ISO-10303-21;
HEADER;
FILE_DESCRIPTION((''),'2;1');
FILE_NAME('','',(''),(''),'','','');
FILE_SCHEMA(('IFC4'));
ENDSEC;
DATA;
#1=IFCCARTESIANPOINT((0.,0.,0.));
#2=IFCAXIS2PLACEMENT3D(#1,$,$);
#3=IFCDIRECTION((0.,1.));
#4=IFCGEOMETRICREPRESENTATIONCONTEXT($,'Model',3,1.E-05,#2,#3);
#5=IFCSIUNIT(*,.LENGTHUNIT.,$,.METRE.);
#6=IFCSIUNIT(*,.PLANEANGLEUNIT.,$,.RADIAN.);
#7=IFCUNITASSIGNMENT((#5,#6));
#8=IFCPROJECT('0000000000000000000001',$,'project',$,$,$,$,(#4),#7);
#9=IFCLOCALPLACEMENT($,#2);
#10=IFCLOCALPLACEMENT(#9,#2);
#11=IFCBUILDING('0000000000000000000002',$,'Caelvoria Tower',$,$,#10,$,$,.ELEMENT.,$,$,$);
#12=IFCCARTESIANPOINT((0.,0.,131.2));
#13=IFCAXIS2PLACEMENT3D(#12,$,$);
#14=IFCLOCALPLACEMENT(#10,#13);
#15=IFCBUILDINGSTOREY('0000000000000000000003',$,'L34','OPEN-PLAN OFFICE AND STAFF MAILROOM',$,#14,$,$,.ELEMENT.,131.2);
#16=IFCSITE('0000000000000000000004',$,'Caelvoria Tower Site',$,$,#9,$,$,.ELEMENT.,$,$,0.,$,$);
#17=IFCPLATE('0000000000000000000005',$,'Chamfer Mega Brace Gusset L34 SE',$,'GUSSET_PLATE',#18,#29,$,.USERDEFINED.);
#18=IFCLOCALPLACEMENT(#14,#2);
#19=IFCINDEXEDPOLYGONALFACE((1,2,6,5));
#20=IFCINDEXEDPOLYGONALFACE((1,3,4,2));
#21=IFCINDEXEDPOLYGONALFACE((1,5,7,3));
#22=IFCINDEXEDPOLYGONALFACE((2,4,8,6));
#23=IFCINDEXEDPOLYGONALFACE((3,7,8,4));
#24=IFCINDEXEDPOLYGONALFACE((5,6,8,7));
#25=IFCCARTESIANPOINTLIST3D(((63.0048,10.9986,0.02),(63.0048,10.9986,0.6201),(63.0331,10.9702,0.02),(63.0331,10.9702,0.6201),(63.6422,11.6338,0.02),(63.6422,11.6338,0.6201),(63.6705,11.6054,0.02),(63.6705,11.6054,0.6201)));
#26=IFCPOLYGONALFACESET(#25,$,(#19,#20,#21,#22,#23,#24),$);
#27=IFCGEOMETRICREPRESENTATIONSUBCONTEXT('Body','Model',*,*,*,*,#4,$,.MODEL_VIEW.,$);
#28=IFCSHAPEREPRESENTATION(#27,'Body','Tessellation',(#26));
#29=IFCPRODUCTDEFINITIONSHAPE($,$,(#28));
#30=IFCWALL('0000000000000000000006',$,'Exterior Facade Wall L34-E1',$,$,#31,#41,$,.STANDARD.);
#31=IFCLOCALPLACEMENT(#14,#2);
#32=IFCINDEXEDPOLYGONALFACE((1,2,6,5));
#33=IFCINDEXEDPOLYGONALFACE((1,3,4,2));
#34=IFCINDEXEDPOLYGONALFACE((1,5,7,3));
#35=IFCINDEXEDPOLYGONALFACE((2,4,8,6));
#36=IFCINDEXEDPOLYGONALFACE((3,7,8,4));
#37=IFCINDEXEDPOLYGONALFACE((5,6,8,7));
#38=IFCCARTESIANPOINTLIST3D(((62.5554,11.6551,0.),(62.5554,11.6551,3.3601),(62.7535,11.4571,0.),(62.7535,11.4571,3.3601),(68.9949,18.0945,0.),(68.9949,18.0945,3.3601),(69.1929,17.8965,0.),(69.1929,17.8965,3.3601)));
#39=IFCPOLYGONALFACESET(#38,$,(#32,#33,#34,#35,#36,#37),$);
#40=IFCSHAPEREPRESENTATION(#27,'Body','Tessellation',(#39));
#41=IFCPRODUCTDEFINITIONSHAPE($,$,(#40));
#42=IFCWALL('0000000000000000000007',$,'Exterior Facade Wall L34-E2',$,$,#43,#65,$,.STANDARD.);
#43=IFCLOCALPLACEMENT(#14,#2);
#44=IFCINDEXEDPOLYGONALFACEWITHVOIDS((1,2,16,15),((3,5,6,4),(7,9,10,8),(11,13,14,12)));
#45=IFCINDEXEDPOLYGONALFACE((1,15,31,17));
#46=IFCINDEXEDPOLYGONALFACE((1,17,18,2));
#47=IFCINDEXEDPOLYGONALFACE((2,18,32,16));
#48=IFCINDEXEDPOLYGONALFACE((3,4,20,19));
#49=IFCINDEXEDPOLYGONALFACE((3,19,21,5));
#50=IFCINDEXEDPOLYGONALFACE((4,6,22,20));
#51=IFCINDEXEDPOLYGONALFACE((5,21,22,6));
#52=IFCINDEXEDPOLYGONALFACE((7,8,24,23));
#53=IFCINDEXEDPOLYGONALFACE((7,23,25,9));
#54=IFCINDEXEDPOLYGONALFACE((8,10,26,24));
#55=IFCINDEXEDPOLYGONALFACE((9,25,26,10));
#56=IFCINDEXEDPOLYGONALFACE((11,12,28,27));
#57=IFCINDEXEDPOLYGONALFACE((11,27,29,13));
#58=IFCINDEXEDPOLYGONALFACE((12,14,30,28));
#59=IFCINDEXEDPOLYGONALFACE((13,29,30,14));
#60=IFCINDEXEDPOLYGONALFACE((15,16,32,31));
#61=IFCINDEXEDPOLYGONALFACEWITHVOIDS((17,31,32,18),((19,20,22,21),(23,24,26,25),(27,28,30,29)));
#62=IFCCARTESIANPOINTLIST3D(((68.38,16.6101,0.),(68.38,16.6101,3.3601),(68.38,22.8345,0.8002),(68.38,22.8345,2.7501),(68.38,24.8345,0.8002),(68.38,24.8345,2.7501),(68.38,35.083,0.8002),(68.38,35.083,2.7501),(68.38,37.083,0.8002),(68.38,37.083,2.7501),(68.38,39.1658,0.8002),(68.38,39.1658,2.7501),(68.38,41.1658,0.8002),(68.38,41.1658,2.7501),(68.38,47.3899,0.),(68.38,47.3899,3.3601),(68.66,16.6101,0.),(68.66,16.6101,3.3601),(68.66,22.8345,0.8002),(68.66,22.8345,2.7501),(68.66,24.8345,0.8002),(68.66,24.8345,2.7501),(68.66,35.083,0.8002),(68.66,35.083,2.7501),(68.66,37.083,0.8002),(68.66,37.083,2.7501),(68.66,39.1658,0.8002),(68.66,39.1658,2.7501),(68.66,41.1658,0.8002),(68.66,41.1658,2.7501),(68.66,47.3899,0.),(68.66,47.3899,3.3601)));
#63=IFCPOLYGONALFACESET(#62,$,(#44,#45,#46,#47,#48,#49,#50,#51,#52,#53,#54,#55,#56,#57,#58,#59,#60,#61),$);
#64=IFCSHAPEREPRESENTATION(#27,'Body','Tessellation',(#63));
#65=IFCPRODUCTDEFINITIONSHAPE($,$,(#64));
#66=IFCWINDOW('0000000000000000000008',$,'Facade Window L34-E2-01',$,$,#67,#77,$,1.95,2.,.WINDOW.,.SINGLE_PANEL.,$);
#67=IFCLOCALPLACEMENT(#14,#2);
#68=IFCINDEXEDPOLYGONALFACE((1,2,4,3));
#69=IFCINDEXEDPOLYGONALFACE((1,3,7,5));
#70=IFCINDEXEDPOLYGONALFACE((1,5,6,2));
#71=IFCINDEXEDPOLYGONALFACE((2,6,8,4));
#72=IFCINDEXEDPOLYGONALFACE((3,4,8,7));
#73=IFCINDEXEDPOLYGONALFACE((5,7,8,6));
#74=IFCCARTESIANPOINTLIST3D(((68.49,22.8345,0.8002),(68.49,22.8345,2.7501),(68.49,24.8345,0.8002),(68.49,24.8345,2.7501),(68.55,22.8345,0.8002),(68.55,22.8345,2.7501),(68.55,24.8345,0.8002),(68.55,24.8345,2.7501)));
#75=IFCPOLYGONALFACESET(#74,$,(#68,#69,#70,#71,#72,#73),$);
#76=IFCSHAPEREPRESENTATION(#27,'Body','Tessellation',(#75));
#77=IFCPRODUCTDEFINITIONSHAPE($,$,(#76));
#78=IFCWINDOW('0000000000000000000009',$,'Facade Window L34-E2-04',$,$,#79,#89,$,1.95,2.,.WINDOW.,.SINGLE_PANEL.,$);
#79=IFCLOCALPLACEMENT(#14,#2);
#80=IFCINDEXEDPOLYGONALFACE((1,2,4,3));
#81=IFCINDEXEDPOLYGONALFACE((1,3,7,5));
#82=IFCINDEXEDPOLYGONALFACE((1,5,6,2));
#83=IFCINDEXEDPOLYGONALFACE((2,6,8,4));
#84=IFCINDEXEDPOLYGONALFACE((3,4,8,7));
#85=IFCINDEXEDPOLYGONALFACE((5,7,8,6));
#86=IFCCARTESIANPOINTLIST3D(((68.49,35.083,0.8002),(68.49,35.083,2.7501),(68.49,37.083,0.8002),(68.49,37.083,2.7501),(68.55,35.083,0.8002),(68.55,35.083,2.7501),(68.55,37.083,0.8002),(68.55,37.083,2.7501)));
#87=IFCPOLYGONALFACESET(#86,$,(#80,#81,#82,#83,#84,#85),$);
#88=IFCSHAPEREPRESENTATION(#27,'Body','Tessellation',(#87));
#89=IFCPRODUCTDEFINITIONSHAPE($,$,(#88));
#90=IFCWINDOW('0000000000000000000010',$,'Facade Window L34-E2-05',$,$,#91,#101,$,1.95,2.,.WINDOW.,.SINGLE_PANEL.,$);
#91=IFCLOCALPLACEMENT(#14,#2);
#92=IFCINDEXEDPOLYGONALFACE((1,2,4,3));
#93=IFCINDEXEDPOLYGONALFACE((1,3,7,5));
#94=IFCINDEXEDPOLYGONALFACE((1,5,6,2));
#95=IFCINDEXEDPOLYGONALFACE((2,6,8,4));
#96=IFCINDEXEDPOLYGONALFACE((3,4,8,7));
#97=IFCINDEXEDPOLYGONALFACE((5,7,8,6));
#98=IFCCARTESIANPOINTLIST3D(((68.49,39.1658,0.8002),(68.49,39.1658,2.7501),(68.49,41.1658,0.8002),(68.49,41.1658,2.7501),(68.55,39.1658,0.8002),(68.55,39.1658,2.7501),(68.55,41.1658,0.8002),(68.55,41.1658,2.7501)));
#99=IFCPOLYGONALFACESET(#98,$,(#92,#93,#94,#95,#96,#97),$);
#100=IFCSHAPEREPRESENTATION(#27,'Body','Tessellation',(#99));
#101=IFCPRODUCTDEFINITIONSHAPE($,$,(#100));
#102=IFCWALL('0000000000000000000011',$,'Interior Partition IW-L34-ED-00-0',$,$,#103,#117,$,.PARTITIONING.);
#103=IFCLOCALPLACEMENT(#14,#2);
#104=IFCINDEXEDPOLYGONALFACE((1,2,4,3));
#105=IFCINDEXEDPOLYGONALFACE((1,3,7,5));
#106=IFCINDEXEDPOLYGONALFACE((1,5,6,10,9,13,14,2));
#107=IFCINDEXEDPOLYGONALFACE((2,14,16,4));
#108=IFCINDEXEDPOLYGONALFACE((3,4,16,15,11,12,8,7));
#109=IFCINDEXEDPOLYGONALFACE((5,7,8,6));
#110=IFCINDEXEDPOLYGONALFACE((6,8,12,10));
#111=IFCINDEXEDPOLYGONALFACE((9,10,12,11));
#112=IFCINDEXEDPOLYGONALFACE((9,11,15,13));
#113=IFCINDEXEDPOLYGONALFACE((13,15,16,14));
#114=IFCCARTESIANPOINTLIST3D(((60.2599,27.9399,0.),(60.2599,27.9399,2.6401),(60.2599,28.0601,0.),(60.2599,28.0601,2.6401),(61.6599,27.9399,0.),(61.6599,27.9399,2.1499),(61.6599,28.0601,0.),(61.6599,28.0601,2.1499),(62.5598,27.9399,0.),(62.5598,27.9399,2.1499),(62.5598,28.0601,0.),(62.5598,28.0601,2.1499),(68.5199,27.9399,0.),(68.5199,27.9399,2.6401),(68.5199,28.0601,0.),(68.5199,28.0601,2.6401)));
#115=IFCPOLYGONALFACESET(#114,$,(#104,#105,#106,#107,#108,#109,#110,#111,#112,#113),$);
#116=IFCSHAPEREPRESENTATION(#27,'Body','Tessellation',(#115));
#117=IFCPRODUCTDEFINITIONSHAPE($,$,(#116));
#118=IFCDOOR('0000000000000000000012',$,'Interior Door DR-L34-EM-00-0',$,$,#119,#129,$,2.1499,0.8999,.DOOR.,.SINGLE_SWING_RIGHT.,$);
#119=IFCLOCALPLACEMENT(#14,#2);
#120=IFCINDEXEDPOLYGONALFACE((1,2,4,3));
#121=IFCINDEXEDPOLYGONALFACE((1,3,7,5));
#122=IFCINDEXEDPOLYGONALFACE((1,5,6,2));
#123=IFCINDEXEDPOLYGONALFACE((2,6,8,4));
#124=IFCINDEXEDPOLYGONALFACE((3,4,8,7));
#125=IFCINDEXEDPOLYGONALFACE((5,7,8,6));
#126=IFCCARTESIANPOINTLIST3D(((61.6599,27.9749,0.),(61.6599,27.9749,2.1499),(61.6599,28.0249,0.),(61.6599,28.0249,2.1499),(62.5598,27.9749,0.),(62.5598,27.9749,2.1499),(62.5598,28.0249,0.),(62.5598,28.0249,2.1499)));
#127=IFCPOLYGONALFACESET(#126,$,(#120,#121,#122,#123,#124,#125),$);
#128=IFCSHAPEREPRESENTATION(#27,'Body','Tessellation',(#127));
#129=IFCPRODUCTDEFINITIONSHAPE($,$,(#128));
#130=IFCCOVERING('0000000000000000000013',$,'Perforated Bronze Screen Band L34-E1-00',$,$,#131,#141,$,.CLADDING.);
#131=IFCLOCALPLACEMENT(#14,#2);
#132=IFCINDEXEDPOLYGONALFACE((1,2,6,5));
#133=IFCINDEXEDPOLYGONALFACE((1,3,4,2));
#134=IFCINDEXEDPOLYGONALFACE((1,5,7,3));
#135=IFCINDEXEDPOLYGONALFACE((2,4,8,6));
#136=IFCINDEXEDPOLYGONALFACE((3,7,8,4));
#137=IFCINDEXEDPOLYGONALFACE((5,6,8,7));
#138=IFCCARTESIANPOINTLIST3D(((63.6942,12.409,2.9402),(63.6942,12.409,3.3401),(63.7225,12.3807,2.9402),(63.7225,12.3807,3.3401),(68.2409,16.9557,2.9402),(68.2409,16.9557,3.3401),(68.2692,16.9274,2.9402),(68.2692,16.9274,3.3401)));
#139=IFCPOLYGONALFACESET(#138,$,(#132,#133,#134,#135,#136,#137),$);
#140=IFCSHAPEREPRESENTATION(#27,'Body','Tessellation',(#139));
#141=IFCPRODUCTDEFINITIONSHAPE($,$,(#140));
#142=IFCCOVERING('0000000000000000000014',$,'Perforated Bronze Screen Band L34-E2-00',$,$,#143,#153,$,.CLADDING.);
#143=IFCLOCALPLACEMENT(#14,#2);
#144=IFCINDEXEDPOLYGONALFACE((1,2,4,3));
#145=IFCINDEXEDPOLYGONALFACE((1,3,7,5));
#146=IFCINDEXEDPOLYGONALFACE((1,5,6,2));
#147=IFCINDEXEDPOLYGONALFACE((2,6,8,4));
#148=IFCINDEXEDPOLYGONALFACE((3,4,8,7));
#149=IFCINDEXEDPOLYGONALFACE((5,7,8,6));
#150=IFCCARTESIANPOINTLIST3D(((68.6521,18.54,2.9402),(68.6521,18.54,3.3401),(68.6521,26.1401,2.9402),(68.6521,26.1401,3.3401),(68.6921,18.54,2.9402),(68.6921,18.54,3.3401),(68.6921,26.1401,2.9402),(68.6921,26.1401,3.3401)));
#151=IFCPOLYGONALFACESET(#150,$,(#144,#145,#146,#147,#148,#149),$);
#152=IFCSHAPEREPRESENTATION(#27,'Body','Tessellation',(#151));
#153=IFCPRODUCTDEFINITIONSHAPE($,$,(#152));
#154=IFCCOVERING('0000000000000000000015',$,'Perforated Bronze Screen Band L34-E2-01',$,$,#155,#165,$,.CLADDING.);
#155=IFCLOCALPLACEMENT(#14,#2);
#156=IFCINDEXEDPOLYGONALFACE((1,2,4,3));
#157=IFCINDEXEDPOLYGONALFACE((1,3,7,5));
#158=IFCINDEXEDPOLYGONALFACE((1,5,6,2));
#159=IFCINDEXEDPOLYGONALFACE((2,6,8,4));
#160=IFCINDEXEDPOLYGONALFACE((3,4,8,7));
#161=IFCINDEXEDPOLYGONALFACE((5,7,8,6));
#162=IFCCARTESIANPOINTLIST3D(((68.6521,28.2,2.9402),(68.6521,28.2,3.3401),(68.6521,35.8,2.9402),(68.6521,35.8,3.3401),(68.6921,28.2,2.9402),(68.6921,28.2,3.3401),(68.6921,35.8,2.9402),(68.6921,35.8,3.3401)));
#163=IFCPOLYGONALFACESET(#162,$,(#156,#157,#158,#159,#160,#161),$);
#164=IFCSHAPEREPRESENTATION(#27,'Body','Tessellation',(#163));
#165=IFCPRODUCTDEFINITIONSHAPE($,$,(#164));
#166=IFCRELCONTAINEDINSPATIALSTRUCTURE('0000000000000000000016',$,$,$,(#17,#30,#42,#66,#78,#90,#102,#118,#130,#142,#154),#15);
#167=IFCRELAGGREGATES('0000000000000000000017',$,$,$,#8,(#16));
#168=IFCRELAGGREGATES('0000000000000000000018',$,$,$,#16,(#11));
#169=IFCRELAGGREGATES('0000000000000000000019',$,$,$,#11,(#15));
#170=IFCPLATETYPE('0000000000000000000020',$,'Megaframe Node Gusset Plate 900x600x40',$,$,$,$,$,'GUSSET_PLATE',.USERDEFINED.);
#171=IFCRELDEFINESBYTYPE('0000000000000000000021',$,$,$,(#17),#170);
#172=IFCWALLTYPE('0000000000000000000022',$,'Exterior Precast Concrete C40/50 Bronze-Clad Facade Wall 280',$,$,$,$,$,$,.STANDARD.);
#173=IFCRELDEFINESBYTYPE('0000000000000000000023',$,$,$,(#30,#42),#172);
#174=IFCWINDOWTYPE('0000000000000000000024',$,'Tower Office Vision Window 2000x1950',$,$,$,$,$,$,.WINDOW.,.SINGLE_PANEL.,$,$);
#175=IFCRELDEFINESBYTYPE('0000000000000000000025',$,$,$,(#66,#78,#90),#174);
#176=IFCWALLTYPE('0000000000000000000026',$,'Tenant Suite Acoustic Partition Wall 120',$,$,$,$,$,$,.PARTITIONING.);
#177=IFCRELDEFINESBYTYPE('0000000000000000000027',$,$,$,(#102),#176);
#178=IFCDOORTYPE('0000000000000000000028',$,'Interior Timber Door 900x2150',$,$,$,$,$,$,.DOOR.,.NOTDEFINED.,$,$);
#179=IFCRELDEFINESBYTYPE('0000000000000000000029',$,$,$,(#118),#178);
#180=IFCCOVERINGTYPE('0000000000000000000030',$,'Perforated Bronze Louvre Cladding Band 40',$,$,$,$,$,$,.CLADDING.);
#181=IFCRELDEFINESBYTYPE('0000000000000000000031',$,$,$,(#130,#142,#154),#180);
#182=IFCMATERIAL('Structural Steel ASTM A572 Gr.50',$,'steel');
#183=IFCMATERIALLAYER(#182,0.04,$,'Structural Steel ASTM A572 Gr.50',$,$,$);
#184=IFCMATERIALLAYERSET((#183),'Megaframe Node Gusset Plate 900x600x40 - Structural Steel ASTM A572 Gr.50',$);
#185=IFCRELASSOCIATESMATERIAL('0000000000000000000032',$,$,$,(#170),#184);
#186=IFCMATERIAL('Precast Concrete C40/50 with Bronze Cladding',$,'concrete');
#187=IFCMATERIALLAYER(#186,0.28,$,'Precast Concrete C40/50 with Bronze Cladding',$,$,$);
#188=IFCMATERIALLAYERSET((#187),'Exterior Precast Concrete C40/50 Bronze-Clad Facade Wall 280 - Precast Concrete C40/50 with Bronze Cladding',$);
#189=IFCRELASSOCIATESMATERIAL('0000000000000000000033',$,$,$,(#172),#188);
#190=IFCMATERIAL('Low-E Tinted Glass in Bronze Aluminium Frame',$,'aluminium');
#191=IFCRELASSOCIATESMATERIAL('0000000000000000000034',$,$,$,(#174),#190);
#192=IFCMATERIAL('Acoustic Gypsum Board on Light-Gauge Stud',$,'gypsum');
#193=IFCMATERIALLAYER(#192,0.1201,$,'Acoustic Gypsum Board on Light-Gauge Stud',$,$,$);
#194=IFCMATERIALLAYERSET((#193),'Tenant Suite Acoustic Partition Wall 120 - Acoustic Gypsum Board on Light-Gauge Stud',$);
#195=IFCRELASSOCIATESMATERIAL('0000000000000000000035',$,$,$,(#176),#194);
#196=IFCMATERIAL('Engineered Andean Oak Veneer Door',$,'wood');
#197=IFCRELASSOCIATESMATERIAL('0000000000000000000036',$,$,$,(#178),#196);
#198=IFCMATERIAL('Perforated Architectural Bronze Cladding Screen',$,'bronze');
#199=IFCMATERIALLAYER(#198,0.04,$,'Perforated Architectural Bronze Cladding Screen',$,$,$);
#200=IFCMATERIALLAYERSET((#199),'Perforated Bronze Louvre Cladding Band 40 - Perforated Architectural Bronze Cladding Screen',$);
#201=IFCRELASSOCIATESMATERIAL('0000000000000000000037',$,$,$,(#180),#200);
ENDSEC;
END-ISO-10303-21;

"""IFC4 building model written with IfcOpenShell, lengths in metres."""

from ifc_helpers import new_model, si_unit, direction, frame, frame_2d, origin, origin_2d, place, context, subcontext, project, spatial, rectangle, extrude, material, layer, layer_set, type_object, element, fill, save


model = new_model("IFC4")

# Units and contexts
model_context = context("Model", 3, precision=1e-05, world=origin(), true_north=direction((0.0, 1.0)))
body_context = subcontext(model_context, "Body", "Model", "MODEL_VIEW")
ifc_project = project(units=[si_unit("LENGTHUNIT", "METRE"), si_unit("PLANEANGLEUNIT", "RADIAN")], contexts=[model_context])

# Site, building, storey
site_placement = place(None, origin())
site = spatial("IfcSite", under=ifc_project, at=site_placement, Name="Caelvoria Tower Site", CompositionType="ELEMENT", RefElevation=0.0)
building_placement = place(site_placement, origin())
building = spatial("IfcBuilding", under=site, at=building_placement, Name="Caelvoria Tower", CompositionType="ELEMENT")
storey_placement = place(building_placement, frame((0.0, 0.0, 131.2)))
storey = spatial("IfcBuildingStorey", under=building, at=storey_placement, Name="L34", Description="OPEN-PLAN OFFICE AND STAFF MAILROOM", CompositionType="ELEMENT", Elevation=131.2)

# Shared definitions
ifc_material_1 = material(Name="Structural Steel ASTM A572 Gr.50", Category="steel")

# Plate
ifc_layer_1 = layer(ifc_material_1, 0.04, Name="Structural Steel ASTM A572 Gr.50")
ifc_layer_set_1 = layer_set([ifc_layer_1], Name="Megaframe Node Gusset Plate 900x600x40 - Structural Steel ASTM A572 Gr.50")
plate_type = type_object("IfcPlateType", Name="Megaframe Node Gusset Plate 900x600x40", ElementType="GUSSET_PLATE", PredefinedType="USERDEFINED", material=ifc_layer_set_1)
plate_placement = place(storey_placement, frame((63.3376, 11.302, 0.02), z_axis=(0.0, 0.0, 1.0), x_axis=(0.708331, 0.70588, 0.0)))
element("IfcPlate", 1, at=plate_placement, inside=storey, type_object=plate_type, Name="Chamfer Mega Brace Gusset L34 SE", ObjectType="GUSSET_PLATE", PredefinedType="USERDEFINED", context=body_context, shape_type="SweptSolid", body=[
    extrude(rectangle(XDim=0.8999, YDim=0.04, at=origin_2d()), origin(), (0.0, 0.0, 1.0), 0.6001),
])

# Wall
ifc_material_2 = material(Name="Precast Concrete C40/50 with Bronze Cladding", Category="concrete")
ifc_layer_2 = layer(ifc_material_2, 0.28, Name="Precast Concrete C40/50 with Bronze Cladding")
ifc_layer_set_2 = layer_set([ifc_layer_2], Name="Exterior Precast Concrete C40/50 Bronze-Clad Facade Wall 280 - Precast Concrete C40/50 with Bronze Cladding")
wall_type_1 = type_object("IfcWallType", Name="Exterior Precast Concrete C40/50 Bronze-Clad Facade Wall 280", PredefinedType="STANDARD", material=ifc_layer_set_2)
wall_1_placement = place(storey_placement, frame((62.6545, 11.5562, 0.0), z_axis=(0.0, 0.0, 1.0), x_axis=(0.707107, 0.707107, 0.0)))
element("IfcWall", 2, at=wall_1_placement, inside=storey, type_object=wall_type_1, Name="Exterior Facade Wall L34-E1", PredefinedType="STANDARD", context=body_context, shape_type="SweptSolid", body=[
    extrude(rectangle(XDim=9.1067, YDim=0.28, at=frame_2d((4.5532, 0.0))), origin(), (0.0, 0.0, 1.0), 3.3601),
])

# Wall, openings, windows
wall_2_placement = place(storey_placement, frame((68.52, 16.6101, 0.0), z_axis=(0.0, 0.0, 1.0), x_axis=(0.0, 1.0, 0.0)))
wall_2 = element("IfcWall", 3, at=wall_2_placement, inside=storey, type_object=wall_type_1, Name="Exterior Facade Wall L34-E2", PredefinedType="STANDARD", context=body_context, shape_type="SweptSolid", body=[
    extrude(rectangle(XDim=30.7798, YDim=0.28, at=frame_2d((15.3899, 0.0))), origin(), (0.0, 0.0, 1.0), 3.3601),
])
opening_1_placement = place(wall_2_placement, frame((6.2244, 0.0, 0.8)))
opening_1 = element("IfcOpeningElement", 4, at=opening_1_placement, cuts=wall_2, PredefinedType="OPENING", context=body_context, shape_type="SweptSolid", body=[
    extrude(rectangle(XDim=2.0, YDim=1.95, at=frame_2d((1.0, 0.9751))), frame((0.0, 0.1499, 0.0), z_axis=(0.0, -1.0, 0.0), x_axis=(1.0, 0.0, 0.0)), (0.0, 0.0, 1.0), 0.3),
])
opening_2_placement = place(wall_2_placement, frame((18.4729, 0.0, 0.8)))
opening_2 = element("IfcOpeningElement", 5, at=opening_2_placement, cuts=wall_2, PredefinedType="OPENING", context=body_context, shape_type="SweptSolid", body=[
    extrude(rectangle(XDim=2.0, YDim=1.95, at=frame_2d((1.0, 0.9751))), frame((0.0, 0.1499, 0.0), z_axis=(0.0, -1.0, 0.0), x_axis=(1.0, 0.0, 0.0)), (0.0, 0.0, 1.0), 0.3),
])
opening_3_placement = place(wall_2_placement, frame((22.5557, 0.0, 0.8)))
opening_3 = element("IfcOpeningElement", 6, at=opening_3_placement, cuts=wall_2, PredefinedType="OPENING", context=body_context, shape_type="SweptSolid", body=[
    extrude(rectangle(XDim=2.0, YDim=1.95, at=frame_2d((1.0, 0.9751))), frame((0.0, 0.1499, 0.0), z_axis=(0.0, -1.0, 0.0), x_axis=(1.0, 0.0, 0.0)), (0.0, 0.0, 1.0), 0.3),
])
ifc_material_3 = material(Name="Low-E Tinted Glass in Bronze Aluminium Frame", Category="aluminium")
window_type = type_object("IfcWindowType", Name="Tower Office Vision Window 2000x1950", PartitioningType="SINGLE_PANEL", PredefinedType="WINDOW", material=ifc_material_3)
window_1_placement = place(opening_1_placement, origin())
window_1 = element("IfcWindow", 7, at=window_1_placement, inside=storey, type_object=window_type, Name="Facade Window L34-E2-01", OverallHeight=1.95, OverallWidth=2.0, PartitioningType="SINGLE_PANEL", PredefinedType="WINDOW", context=body_context, shape_type="SweptSolid", body=[
    extrude(rectangle(XDim=2.0, YDim=1.95, at=frame_2d((1.0, 0.9751))), frame((0.0, 0.03, 0.0), z_axis=(0.0, -1.0, 0.0), x_axis=(1.0, 0.0, 0.0)), (0.0, 0.0, 1.0), 0.0601),
])
fill(opening_1, window_1)
window_2_placement = place(opening_2_placement, origin())
window_2 = element("IfcWindow", 8, at=window_2_placement, inside=storey, type_object=window_type, Name="Facade Window L34-E2-04", OverallHeight=1.95, OverallWidth=2.0, PartitioningType="SINGLE_PANEL", PredefinedType="WINDOW", context=body_context, shape_type="SweptSolid", body=[
    extrude(rectangle(XDim=2.0, YDim=1.95, at=frame_2d((1.0, 0.9751))), frame((0.0, 0.03, 0.0), z_axis=(0.0, -1.0, 0.0), x_axis=(1.0, 0.0, 0.0)), (0.0, 0.0, 1.0), 0.0601),
])
fill(opening_2, window_2)
window_3_placement = place(opening_3_placement, origin())
window_3 = element("IfcWindow", 9, at=window_3_placement, inside=storey, type_object=window_type, Name="Facade Window L34-E2-05", OverallHeight=1.95, OverallWidth=2.0, PartitioningType="SINGLE_PANEL", PredefinedType="WINDOW", context=body_context, shape_type="SweptSolid", body=[
    extrude(rectangle(XDim=2.0, YDim=1.95, at=frame_2d((1.0, 0.9751))), frame((0.0, 0.03, 0.0), z_axis=(0.0, -1.0, 0.0), x_axis=(1.0, 0.0, 0.0)), (0.0, 0.0, 1.0), 0.0601),
])
fill(opening_3, window_3)

# Wall, opening, door
ifc_material_4 = material(Name="Acoustic Gypsum Board on Light-Gauge Stud", Category="gypsum")
ifc_layer_3 = layer(ifc_material_4, 0.1201, Name="Acoustic Gypsum Board on Light-Gauge Stud")
ifc_layer_set_3 = layer_set([ifc_layer_3], Name="Tenant Suite Acoustic Partition Wall 120 - Acoustic Gypsum Board on Light-Gauge Stud")
wall_type_2 = type_object("IfcWallType", Name="Tenant Suite Acoustic Partition Wall 120", PredefinedType="PARTITIONING", material=ifc_layer_set_3)
wall_3_placement = place(storey_placement, frame((60.26, 28.0, 0.0), z_axis=(0.0, 0.0, 1.0), x_axis=(1.0, 0.0, 0.0)))
wall_3 = element("IfcWall", 10, at=wall_3_placement, inside=storey, type_object=wall_type_2, Name="Interior Partition IW-L34-ED-00-0", PredefinedType="PARTITIONING", context=body_context, shape_type="SweptSolid", body=[
    extrude(rectangle(XDim=8.26, YDim=0.1201, at=frame_2d((4.1299, 0.0))), origin(), (0.0, 0.0, 1.0), 2.6401),
])
opening_4_placement = place(wall_3_placement, frame((1.3999, 0.0, 0.0)))
opening_4 = element("IfcOpeningElement", 11, at=opening_4_placement, cuts=wall_3, PredefinedType="OPENING", context=body_context, shape_type="SweptSolid", body=[
    extrude(rectangle(XDim=0.8999, YDim=2.1499, at=frame_2d((0.45, 1.075))), frame((0.0, 0.0701, 0.0), z_axis=(0.0, -1.0, 0.0), x_axis=(1.0, 0.0, 0.0)), (0.0, 0.0, 1.0), 0.1401),
])
ifc_material_5 = material(Name="Engineered Andean Oak Veneer Door", Category="wood")
door_type = type_object("IfcDoorType", Name="Interior Timber Door 900x2150", OperationType="NOTDEFINED", PredefinedType="DOOR", material=ifc_material_5)
door_placement = place(opening_4_placement, origin())
door = element("IfcDoor", 12, at=door_placement, inside=storey, type_object=door_type, Name="Interior Door DR-L34-EM-00-0", OperationType="SINGLE_SWING_RIGHT", OverallHeight=2.1499, OverallWidth=0.8999, PredefinedType="DOOR", context=body_context, shape_type="SweptSolid", body=[
    extrude(rectangle(XDim=0.8999, YDim=2.1499, at=frame_2d((0.45, 1.075))), frame((0.0, 0.0249, 0.0), z_axis=(0.0, -1.0, 0.0), x_axis=(1.0, 0.0, 0.0)), (0.0, 0.0, 1.0), 0.05),
])
fill(opening_4, door)

# Coverings
ifc_material_6 = material(Name="Perforated Architectural Bronze Cladding Screen", Category="bronze")
ifc_layer_4 = layer(ifc_material_6, 0.04, Name="Perforated Architectural Bronze Cladding Screen")
ifc_layer_set_4 = layer_set([ifc_layer_4], Name="Perforated Bronze Louvre Cladding Band 40 - Perforated Architectural Bronze Cladding Screen")
covering_type = type_object("IfcCoveringType", Name="Perforated Bronze Louvre Cladding Band 40", PredefinedType="CLADDING", material=ifc_layer_set_4)
covering_placement = place(storey_placement, frame((65.9817, 14.6682, 2.9402), z_axis=(0.0, 0.0, 1.0), x_axis=(0.707107, 0.707107, 0.0)))
element("IfcCovering", 13, at=covering_placement, inside=storey, type_object=covering_type, Name="Perforated Bronze Screen Band L34-E1-00", PredefinedType="CLADDING", context=body_context, shape_type="SweptSolid", body=[
    extrude(rectangle(XDim=6.4299, YDim=0.04, at=origin_2d()), origin(), (0.0, 0.0, 1.0), 0.3999),
])
for number, where, z_axis, x_axis, name in (
    (14, (68.6721, 22.3401, 2.9402), (0.0, 0.0, 1.0), (0.0, 1.0, 0.0), "Perforated Bronze Screen Band L34-E2-00"),
    (15, (68.6721, 32.0, 2.9402), (0.0, 0.0, 1.0), (0.0, 1.0, 0.0), "Perforated Bronze Screen Band L34-E2-01"),
):
    element("IfcCovering", number, at=place(storey_placement, frame(where, z_axis=z_axis, x_axis=x_axis)), inside=storey, type_object=covering_type, Name=name, PredefinedType="CLADDING", context=body_context, shape_type="SweptSolid", body=[
        extrude(rectangle(XDim=7.6001, YDim=0.04, at=origin_2d()), origin(), (0.0, 0.0, 1.0), 0.3999),
    ])

save(model, "model.ifc")
